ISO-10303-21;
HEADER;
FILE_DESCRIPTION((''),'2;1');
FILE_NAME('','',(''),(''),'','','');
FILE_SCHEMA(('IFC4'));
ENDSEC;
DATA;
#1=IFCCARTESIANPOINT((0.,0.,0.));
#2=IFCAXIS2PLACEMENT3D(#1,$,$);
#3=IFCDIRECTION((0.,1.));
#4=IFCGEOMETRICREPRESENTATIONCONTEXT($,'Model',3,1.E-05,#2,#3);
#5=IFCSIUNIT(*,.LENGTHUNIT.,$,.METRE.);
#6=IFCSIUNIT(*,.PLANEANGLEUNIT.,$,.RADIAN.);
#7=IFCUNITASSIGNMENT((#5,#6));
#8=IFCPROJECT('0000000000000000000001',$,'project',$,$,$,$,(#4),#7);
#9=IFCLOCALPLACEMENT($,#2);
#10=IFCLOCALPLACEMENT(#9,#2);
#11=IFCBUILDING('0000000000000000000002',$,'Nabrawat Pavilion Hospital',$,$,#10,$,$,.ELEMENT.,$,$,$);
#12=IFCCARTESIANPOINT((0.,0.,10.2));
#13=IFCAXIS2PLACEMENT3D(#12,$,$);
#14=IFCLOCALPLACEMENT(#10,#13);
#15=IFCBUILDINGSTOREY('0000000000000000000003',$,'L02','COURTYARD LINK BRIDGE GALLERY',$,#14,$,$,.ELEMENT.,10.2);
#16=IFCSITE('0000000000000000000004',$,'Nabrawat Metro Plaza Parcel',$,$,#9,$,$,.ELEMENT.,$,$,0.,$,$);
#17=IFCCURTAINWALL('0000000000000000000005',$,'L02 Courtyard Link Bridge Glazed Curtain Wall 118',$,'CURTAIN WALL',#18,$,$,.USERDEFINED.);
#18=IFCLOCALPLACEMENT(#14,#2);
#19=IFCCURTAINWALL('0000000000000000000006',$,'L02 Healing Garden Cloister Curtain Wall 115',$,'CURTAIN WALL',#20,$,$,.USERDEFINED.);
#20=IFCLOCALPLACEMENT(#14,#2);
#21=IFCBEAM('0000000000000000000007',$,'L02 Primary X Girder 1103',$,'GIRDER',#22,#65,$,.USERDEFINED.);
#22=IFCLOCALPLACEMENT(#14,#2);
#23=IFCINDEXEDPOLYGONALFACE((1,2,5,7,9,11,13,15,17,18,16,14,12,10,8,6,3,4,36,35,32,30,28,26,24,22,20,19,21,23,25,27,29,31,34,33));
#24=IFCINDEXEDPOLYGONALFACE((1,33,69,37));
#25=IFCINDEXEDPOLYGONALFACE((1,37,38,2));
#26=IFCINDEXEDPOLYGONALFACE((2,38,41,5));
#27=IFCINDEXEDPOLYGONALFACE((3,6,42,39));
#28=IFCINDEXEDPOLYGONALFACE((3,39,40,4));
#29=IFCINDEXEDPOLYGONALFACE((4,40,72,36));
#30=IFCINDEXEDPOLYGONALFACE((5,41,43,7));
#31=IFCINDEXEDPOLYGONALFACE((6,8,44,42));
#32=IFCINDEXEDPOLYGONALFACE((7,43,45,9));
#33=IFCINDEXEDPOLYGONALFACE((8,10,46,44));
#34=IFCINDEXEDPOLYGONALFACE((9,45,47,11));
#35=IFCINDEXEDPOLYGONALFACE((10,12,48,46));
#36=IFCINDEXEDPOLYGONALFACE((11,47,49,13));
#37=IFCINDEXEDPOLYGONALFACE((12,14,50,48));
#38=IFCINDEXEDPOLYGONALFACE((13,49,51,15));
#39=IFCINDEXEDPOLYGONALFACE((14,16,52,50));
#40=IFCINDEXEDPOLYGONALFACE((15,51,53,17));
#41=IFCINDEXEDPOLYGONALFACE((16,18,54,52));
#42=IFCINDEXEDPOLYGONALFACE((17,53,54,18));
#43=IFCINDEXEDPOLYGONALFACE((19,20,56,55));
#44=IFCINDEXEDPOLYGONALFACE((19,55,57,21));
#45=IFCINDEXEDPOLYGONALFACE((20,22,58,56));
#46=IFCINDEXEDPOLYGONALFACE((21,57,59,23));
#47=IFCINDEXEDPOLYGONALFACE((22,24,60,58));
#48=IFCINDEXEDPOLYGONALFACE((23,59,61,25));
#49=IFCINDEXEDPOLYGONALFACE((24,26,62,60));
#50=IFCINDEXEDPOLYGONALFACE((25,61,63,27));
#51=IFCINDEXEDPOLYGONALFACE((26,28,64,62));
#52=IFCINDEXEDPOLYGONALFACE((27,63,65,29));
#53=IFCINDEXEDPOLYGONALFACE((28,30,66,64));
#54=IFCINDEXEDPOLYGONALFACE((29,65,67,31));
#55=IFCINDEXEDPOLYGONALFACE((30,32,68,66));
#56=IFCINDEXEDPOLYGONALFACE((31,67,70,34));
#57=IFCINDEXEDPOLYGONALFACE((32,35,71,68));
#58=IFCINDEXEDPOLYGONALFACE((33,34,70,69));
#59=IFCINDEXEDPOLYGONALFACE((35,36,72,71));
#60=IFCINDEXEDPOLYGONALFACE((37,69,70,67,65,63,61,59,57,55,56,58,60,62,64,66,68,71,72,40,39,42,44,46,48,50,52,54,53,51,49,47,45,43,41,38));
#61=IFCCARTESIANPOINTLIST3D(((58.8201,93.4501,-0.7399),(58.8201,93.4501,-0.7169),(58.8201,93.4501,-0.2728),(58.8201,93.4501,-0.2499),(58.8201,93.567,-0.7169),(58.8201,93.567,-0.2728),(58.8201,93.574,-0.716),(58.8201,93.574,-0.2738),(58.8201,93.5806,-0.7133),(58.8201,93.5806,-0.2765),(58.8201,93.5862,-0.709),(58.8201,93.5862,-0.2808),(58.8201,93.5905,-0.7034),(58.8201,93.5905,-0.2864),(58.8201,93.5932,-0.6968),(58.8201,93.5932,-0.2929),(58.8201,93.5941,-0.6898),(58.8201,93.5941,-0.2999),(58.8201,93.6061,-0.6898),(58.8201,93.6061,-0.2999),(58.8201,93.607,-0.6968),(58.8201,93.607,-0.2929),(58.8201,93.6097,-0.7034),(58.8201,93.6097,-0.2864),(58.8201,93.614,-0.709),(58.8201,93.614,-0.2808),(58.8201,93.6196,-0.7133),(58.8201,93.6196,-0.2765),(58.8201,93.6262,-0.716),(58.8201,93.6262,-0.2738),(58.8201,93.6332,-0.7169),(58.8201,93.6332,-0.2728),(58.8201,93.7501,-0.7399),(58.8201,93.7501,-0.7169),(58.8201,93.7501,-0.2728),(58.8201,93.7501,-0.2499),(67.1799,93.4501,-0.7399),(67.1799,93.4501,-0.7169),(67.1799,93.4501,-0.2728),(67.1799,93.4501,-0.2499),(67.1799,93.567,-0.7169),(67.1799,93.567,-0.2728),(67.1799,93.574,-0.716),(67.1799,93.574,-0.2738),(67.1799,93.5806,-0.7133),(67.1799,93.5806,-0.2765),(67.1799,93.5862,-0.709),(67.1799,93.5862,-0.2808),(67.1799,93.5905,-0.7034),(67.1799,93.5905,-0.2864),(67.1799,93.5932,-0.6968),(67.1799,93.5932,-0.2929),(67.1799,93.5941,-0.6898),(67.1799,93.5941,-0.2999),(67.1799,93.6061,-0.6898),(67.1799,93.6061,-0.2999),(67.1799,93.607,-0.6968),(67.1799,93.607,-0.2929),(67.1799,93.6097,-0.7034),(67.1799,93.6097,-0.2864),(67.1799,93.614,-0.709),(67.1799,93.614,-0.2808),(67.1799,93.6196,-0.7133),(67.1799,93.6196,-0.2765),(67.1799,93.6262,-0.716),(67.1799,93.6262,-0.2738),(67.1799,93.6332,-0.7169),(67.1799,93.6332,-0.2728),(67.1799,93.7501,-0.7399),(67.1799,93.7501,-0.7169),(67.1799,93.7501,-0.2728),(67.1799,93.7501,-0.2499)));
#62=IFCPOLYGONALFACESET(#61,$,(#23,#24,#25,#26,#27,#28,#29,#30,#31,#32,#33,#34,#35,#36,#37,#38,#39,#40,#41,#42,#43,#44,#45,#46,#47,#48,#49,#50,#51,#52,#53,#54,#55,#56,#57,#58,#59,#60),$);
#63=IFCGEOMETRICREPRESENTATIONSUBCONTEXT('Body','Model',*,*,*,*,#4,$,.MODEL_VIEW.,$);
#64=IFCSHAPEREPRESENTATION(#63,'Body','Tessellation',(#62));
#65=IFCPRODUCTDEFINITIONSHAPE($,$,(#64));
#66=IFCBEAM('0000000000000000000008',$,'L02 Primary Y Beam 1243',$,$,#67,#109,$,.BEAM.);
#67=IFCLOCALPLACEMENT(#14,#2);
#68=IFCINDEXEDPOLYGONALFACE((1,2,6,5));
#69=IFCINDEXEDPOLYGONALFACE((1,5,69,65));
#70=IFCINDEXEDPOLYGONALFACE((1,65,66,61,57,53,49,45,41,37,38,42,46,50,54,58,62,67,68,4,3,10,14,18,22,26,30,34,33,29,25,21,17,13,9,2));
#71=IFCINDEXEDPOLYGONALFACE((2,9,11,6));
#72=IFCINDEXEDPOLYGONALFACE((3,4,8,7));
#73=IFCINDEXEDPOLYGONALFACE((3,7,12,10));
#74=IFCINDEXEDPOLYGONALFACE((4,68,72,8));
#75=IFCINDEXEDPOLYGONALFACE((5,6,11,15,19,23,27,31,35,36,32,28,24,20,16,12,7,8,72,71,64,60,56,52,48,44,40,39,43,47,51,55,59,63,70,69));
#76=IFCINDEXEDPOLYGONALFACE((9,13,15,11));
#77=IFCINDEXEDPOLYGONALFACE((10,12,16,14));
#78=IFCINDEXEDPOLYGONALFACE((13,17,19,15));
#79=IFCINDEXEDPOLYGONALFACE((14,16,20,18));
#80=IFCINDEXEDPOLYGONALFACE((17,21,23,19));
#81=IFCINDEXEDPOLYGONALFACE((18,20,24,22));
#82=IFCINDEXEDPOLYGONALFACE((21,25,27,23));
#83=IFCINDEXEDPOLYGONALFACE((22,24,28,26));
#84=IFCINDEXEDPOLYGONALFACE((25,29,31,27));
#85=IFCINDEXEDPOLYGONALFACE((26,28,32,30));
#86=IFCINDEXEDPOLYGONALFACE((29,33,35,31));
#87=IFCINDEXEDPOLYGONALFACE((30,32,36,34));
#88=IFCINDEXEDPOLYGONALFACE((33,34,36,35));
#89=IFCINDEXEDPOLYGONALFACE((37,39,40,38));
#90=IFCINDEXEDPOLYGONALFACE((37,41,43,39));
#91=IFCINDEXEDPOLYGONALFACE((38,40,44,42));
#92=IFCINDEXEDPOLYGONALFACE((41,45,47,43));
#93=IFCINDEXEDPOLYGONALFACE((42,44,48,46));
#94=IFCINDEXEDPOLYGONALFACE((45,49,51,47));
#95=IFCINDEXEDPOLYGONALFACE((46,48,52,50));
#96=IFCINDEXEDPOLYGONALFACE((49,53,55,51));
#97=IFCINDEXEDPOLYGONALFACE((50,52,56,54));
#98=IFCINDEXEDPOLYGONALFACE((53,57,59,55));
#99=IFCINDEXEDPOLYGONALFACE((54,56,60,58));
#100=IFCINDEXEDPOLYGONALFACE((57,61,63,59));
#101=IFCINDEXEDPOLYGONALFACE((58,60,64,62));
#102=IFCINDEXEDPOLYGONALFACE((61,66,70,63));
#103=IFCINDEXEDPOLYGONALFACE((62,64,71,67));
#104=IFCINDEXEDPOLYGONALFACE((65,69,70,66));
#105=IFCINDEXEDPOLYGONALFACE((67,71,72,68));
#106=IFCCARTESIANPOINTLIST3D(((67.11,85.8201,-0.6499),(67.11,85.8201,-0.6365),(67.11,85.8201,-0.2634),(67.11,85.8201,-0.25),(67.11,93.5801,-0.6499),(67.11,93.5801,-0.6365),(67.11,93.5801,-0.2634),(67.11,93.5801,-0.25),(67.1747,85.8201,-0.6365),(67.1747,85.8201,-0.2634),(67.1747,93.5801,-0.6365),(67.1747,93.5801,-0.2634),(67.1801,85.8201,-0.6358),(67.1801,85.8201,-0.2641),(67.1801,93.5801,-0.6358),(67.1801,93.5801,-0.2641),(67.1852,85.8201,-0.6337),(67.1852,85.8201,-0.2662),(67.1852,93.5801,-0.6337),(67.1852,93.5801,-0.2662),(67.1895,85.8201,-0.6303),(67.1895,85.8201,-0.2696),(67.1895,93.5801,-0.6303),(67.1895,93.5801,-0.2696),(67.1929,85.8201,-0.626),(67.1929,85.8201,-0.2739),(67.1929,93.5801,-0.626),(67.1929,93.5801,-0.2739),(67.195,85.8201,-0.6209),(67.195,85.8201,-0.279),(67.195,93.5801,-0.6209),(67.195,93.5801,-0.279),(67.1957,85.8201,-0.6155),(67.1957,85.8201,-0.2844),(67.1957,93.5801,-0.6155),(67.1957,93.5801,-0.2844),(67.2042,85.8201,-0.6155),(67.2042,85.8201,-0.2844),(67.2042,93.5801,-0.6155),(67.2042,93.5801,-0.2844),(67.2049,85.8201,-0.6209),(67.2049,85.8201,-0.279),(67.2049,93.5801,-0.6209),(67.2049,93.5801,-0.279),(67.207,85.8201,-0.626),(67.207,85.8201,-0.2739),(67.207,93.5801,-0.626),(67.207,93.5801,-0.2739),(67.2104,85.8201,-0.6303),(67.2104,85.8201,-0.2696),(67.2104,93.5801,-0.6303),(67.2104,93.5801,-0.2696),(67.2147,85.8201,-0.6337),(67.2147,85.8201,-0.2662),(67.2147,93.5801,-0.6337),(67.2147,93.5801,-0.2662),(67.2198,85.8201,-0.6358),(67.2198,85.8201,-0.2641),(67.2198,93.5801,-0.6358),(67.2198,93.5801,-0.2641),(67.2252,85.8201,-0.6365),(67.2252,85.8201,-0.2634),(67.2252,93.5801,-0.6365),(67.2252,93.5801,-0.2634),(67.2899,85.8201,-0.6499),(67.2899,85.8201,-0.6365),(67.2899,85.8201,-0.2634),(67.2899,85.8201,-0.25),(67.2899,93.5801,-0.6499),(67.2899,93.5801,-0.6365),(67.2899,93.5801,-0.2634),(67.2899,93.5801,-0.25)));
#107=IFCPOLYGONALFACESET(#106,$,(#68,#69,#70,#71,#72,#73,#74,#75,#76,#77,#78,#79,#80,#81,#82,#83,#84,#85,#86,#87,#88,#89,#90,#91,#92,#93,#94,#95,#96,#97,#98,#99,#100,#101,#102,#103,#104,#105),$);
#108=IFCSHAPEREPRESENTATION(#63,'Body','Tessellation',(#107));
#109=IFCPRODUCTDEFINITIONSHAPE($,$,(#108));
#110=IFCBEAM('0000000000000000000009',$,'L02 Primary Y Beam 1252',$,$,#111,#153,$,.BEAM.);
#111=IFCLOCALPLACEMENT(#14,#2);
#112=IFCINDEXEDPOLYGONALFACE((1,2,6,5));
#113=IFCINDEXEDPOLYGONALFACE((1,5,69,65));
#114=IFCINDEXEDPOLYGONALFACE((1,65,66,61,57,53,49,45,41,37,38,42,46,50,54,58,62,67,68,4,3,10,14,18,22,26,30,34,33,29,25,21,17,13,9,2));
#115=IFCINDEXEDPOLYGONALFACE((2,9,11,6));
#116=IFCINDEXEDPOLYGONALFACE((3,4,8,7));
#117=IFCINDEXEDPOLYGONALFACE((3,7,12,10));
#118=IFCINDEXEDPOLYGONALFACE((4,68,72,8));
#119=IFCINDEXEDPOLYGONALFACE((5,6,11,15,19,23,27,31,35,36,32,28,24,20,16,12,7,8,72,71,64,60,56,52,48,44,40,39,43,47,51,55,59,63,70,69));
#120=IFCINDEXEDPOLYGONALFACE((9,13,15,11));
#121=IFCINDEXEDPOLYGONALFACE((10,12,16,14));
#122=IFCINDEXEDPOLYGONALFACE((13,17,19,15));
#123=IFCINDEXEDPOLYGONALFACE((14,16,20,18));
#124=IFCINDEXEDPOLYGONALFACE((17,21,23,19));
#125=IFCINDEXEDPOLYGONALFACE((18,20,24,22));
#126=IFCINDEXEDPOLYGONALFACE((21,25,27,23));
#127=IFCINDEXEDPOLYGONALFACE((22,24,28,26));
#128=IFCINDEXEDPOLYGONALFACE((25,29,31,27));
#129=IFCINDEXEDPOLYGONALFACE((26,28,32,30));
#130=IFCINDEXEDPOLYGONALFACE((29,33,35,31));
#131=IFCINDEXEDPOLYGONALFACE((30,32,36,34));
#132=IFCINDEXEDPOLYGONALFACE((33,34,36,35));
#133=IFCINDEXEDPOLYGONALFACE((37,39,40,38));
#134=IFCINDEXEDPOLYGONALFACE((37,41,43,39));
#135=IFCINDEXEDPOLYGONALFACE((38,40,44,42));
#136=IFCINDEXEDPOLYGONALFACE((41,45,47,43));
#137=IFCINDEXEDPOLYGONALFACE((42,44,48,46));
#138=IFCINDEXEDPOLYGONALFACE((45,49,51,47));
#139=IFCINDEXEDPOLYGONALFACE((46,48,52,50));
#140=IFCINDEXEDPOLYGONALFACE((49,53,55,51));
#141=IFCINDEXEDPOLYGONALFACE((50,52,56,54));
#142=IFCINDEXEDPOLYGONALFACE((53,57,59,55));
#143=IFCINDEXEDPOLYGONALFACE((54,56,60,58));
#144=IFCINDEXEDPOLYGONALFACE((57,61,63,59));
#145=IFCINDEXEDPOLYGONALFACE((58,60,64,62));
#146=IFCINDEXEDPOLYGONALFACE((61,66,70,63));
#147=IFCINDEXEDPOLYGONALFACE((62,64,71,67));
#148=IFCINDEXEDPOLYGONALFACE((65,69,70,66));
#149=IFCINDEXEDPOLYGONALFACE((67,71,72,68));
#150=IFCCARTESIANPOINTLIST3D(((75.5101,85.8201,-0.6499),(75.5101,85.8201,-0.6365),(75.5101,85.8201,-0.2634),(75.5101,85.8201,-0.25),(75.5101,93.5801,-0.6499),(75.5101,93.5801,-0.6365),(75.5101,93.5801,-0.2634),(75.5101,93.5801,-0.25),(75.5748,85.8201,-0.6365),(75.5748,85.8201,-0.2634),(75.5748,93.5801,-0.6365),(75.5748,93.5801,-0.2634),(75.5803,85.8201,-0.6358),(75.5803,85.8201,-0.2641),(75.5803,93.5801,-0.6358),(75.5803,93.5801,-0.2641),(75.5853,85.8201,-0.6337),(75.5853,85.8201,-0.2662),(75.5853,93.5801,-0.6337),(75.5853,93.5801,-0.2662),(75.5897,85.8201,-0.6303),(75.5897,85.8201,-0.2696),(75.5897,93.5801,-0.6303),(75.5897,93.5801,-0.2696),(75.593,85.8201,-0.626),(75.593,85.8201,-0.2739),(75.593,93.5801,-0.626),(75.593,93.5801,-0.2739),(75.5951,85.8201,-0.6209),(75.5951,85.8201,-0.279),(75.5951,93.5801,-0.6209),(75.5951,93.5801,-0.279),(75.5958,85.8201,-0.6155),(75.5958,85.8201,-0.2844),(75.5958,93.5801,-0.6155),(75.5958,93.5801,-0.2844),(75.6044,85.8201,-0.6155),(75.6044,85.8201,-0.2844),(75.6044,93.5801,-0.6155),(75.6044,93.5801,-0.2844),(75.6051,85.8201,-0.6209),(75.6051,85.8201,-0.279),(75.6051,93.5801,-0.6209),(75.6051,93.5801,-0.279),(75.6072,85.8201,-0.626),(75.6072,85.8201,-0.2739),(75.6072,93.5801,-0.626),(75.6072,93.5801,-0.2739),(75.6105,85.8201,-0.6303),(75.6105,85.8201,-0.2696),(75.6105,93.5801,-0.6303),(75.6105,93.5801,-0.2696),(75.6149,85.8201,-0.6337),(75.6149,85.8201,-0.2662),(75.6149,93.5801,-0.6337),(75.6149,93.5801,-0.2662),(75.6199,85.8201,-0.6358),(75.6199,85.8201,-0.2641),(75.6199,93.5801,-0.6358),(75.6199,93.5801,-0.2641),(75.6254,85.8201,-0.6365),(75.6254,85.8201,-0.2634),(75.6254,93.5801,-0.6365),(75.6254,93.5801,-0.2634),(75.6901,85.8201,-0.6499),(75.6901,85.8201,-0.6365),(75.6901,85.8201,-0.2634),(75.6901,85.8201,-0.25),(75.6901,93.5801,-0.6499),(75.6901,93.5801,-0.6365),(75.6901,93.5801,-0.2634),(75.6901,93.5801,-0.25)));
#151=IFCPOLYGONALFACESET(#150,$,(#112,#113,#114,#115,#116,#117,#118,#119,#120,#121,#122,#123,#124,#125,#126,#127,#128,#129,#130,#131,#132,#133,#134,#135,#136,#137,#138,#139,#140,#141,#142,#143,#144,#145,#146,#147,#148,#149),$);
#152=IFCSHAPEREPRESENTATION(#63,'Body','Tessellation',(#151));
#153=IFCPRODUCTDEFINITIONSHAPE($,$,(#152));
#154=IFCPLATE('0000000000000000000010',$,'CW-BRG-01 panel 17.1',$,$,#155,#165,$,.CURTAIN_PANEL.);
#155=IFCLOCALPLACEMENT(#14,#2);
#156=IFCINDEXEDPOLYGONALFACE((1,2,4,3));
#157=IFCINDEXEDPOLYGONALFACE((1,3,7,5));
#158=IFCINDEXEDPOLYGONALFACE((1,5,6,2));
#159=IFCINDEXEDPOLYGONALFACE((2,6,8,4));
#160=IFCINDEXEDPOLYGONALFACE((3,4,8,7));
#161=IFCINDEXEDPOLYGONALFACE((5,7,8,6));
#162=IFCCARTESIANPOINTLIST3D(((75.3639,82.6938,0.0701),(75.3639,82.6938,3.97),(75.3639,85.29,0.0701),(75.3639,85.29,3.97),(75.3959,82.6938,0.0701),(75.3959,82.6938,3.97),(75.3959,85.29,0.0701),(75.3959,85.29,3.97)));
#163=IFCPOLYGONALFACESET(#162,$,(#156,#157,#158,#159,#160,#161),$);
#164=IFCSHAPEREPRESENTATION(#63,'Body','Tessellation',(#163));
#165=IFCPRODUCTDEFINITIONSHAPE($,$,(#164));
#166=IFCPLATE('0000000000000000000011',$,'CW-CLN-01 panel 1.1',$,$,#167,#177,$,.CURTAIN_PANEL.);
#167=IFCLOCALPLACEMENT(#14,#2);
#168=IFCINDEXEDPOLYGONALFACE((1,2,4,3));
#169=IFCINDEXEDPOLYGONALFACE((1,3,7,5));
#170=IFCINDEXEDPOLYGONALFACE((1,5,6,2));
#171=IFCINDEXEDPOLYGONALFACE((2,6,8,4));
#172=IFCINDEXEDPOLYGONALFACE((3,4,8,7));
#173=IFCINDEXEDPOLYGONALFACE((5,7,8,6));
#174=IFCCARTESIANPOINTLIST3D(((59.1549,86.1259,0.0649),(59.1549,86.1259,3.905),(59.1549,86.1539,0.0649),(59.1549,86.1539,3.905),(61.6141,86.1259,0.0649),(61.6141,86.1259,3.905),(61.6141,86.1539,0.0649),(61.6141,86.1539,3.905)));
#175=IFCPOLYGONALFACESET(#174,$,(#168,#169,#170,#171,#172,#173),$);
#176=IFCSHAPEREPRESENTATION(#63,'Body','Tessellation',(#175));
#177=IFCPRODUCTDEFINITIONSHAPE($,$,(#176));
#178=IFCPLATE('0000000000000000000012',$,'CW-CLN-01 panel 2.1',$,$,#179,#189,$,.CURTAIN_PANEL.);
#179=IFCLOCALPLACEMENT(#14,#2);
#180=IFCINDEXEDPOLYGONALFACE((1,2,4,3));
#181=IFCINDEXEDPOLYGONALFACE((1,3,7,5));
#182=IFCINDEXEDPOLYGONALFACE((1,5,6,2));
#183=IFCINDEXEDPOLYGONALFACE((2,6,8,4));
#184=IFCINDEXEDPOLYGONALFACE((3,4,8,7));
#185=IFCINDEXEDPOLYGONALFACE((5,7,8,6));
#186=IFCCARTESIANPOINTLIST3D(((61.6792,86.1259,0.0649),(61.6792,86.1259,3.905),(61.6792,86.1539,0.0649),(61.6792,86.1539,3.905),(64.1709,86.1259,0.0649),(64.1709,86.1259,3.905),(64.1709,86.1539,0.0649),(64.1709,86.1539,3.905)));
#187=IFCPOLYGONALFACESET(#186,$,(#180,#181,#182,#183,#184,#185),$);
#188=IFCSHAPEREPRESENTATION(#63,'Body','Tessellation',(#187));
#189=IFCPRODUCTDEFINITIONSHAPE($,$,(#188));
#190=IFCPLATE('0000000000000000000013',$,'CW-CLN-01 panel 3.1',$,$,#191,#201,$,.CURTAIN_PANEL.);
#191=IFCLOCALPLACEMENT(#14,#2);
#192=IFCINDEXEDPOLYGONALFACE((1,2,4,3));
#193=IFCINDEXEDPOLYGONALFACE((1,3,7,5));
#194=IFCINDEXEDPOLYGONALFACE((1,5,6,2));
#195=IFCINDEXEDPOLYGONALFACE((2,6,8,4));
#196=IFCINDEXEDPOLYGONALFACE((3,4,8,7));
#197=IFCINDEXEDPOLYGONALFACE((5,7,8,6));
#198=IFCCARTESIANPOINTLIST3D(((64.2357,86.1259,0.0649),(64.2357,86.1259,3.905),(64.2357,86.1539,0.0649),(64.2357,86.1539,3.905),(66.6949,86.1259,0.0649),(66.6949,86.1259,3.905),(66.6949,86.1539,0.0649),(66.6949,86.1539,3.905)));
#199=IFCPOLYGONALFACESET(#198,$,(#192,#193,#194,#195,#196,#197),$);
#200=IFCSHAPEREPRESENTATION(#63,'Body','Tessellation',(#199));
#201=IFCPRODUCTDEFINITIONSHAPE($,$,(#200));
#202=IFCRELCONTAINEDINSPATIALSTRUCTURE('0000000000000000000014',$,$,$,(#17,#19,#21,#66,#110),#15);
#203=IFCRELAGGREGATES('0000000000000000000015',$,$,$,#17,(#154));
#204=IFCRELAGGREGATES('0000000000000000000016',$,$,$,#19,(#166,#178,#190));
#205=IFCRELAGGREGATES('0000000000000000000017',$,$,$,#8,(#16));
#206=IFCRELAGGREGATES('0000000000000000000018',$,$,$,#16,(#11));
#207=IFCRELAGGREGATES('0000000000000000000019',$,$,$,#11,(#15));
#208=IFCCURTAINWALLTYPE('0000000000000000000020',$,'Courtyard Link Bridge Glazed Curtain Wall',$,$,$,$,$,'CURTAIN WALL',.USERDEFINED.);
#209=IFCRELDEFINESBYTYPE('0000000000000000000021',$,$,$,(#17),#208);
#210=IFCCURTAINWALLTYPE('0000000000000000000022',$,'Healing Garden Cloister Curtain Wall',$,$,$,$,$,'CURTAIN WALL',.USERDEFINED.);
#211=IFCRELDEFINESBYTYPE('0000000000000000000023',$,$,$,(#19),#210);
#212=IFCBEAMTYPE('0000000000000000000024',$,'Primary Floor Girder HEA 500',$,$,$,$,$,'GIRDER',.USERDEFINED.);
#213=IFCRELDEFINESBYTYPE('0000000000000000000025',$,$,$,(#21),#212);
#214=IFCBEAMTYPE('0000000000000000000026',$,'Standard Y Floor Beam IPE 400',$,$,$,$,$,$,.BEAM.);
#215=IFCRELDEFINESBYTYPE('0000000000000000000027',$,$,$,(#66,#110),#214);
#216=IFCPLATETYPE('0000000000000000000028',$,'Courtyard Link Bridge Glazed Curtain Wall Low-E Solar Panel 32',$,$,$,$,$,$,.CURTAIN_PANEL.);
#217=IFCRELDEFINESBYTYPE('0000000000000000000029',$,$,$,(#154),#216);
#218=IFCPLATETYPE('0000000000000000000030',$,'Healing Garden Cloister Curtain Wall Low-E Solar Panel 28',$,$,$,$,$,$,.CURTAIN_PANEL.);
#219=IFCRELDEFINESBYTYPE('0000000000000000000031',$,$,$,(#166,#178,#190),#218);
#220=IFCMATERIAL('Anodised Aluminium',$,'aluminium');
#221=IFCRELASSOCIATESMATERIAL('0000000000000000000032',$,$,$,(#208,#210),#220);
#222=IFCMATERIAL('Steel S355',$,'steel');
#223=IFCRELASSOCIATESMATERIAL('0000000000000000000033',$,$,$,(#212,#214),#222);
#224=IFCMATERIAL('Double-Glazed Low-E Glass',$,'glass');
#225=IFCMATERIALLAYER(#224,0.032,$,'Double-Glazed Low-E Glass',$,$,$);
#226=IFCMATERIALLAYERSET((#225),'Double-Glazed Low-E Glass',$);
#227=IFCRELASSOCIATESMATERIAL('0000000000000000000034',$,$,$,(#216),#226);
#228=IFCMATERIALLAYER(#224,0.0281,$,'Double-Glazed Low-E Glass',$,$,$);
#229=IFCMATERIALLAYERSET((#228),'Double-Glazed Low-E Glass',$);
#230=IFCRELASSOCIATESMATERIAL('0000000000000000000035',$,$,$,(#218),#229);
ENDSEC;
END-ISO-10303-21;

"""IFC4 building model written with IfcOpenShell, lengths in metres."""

from ifc_helpers import new_model, si_unit, direction, frame, origin, origin_2d, place, context, subcontext, project, spatial, rectangle, i_section, extrude, material, layer, layer_set, material_profile, profile_set, type_object, element, aggregate, save


model = new_model("IFC4")

# Units and contexts
model_context = context("Model", 3, precision=1e-05, world=origin(), true_north=direction((0.0, 1.0)))
body_context = subcontext(model_context, "Body", "Model", "MODEL_VIEW")
ifc_project = project(units=[si_unit("LENGTHUNIT", "METRE"), si_unit("PLANEANGLEUNIT", "RADIAN")], contexts=[model_context])

# Site, building, storey
site_placement = place(None, origin())
site = spatial("IfcSite", under=ifc_project, at=site_placement, Name="Nabrawat Metro Plaza Parcel", CompositionType="ELEMENT", RefElevation=0.0)
building_placement = place(site_placement, origin())
building = spatial("IfcBuilding", under=site, at=building_placement, Name="Nabrawat Pavilion Hospital", CompositionType="ELEMENT")
storey_placement = place(building_placement, frame((0.0, 0.0, 10.2)))
storey = spatial("IfcBuildingStorey", under=building, at=storey_placement, Name="L02", Description="COURTYARD LINK BRIDGE GALLERY", CompositionType="ELEMENT", Elevation=10.2)

# Shared definitions
ifc_material_1 = material(Name="Steel S355", Category="steel")

# Curtain wall
ifc_material_2 = material(Name="Anodised Aluminium", Category="aluminium")
curtain_wall_type_1 = type_object("IfcCurtainWallType", Name="Courtyard Link Bridge Glazed Curtain Wall", ElementType="CURTAIN WALL", PredefinedType="USERDEFINED", material=ifc_material_2)
curtain_wall_1_placement = place(storey_placement, origin())
curtain_wall_1 = element("IfcCurtainWall", 1, at=curtain_wall_1_placement, inside=storey, type_object=curtain_wall_type_1, Name="L02 Courtyard Link Bridge Glazed Curtain Wall 118", ObjectType="CURTAIN WALL", PredefinedType="USERDEFINED")

# Curtain wall
curtain_wall_type_2 = type_object("IfcCurtainWallType", Name="Healing Garden Cloister Curtain Wall", ElementType="CURTAIN WALL", PredefinedType="USERDEFINED", material=ifc_material_2)
curtain_wall_2_placement = place(storey_placement, origin())
curtain_wall_2 = element("IfcCurtainWall", 2, at=curtain_wall_2_placement, inside=storey, type_object=curtain_wall_type_2, Name="L02 Healing Garden Cloister Curtain Wall 115", ObjectType="CURTAIN WALL", PredefinedType="USERDEFINED")

# Beams
ifc_material_profile_1 = material_profile(ifc_material_1, i_section(OverallWidth=0.3, OverallDepth=0.49, WebThickness=0.012, FlangeThickness=0.0229, FilletRadius=0.0271, at=origin_2d()), Name="HEA 500")
ifc_profile_set_1 = profile_set([ifc_material_profile_1], Name="Steel S355")
beam_type_1 = type_object("IfcBeamType", Name="Primary Floor Girder HEA 500", ElementType="GIRDER", PredefinedType="USERDEFINED", material=ifc_profile_set_1)
beam_1_placement = place(storey_placement, frame((58.8201, 93.6001, -0.4949), z_axis=(1.0, 0.0, 0.0), x_axis=(0.0, 1.0, 0.0)))
element("IfcBeam", 3, at=beam_1_placement, inside=storey, type_object=beam_type_1, Name="L02 Primary X Girder 1103", ObjectType="GIRDER", PredefinedType="USERDEFINED", context=body_context, shape_type="SweptSolid", body=[
    extrude(i_section(OverallWidth=0.3, OverallDepth=0.49, WebThickness=0.012, FlangeThickness=0.0229, FilletRadius=0.0271, at=origin_2d()), origin(), (0.0, 0.0, 1.0), 8.3599),
])
ifc_material_profile_2 = material_profile(ifc_material_1, i_section(OverallWidth=0.1799, OverallDepth=0.3999, WebThickness=0.0085, FlangeThickness=0.0134, FilletRadius=0.021, at=origin_2d()), Name="IPE 400")
ifc_profile_set_2 = profile_set([ifc_material_profile_2], Name="Steel S355")
beam_type_2 = type_object("IfcBeamType", Name="Standard Y Floor Beam IPE 400", PredefinedType="BEAM", material=ifc_profile_set_2)
for number, where, z_axis, x_axis, name in (
    (4, (67.2, 85.8201, -0.45), (0.0, 1.0, 0.0), (-1.0, 0.0, 0.0), "L02 Primary Y Beam 1243"),
    (5, (75.6001, 85.8201, -0.45), (0.0, 1.0, 0.0), (-1.0, 0.0, 0.0), "L02 Primary Y Beam 1252"),
):
    element("IfcBeam", number, at=place(storey_placement, frame(where, z_axis=z_axis, x_axis=x_axis)), inside=storey, type_object=beam_type_2, Name=name, PredefinedType="BEAM", context=body_context, shape_type="SweptSolid", body=[
        extrude(i_section(OverallWidth=0.1799, OverallDepth=0.3999, WebThickness=0.0085, FlangeThickness=0.0134, FilletRadius=0.021, at=origin_2d()), origin(), (0.0, 0.0, 1.0), 7.76),
    ])

# Plates
ifc_material_3 = material(Name="Double-Glazed Low-E Glass", Category="glass")
ifc_layer_1 = layer(ifc_material_3, 0.032, Name="Double-Glazed Low-E Glass")
ifc_layer_set_1 = layer_set([ifc_layer_1], Name="Double-Glazed Low-E Glass")
plate_type_1 = type_object("IfcPlateType", Name="Courtyard Link Bridge Glazed Curtain Wall Low-E Solar Panel 32", PredefinedType="CURTAIN_PANEL", material=ifc_layer_set_1)
plate_1_placement = place(storey_placement, frame((75.3799, 83.9919, 0.0701), z_axis=(0.0, 0.0, 1.0), x_axis=(0.0, 1.0, 0.0)))
plate_1 = element("IfcPlate", 6, at=plate_1_placement, type_object=plate_type_1, Name="CW-BRG-01 panel 17.1", PredefinedType="CURTAIN_PANEL", context=body_context, shape_type="SweptSolid", body=[
    extrude(rectangle(XDim=2.5962, YDim=0.032, at=origin_2d()), origin(), (0.0, 0.0, 1.0), 3.8999),
])
aggregate(curtain_wall_1, [plate_1])
ifc_layer_2 = layer(ifc_material_3, 0.0281, Name="Double-Glazed Low-E Glass")
ifc_layer_set_2 = layer_set([ifc_layer_2], Name="Double-Glazed Low-E Glass")
plate_type_2 = type_object("IfcPlateType", Name="Healing Garden Cloister Curtain Wall Low-E Solar Panel 28", PredefinedType="CURTAIN_PANEL", material=ifc_layer_set_2)
plate_2_placement = place(storey_placement, frame((60.3845, 86.1399, 0.0649), z_axis=(0.0, 0.0, 1.0), x_axis=(1.0, 0.0, 0.0)))
plate_2 = element("IfcPlate", 7, at=plate_2_placement, type_object=plate_type_2, Name="CW-CLN-01 panel 1.1", PredefinedType="CURTAIN_PANEL", context=body_context, shape_type="SweptSolid", body=[
    extrude(rectangle(XDim=2.4592, YDim=0.0281, at=origin_2d()), origin(), (0.0, 0.0, 1.0), 3.8401),
])
plate_3_placement = place(storey_placement, frame((62.925, 86.1399, 0.0649), z_axis=(0.0, 0.0, 1.0), x_axis=(1.0, 0.0, 0.0)))
plate_3 = element("IfcPlate", 8, at=plate_3_placement, type_object=plate_type_2, Name="CW-CLN-01 panel 2.1", PredefinedType="CURTAIN_PANEL", context=body_context, shape_type="SweptSolid", body=[
    extrude(rectangle(XDim=2.4917, YDim=0.0281, at=origin_2d()), origin(), (0.0, 0.0, 1.0), 3.8401),
])
plate_4_placement = place(storey_placement, frame((65.4653, 86.1399, 0.0649), z_axis=(0.0, 0.0, 1.0), x_axis=(1.0, 0.0, 0.0)))
plate_4 = element("IfcPlate", 9, at=plate_4_placement, type_object=plate_type_2, Name="CW-CLN-01 panel 3.1", PredefinedType="CURTAIN_PANEL", context=body_context, shape_type="SweptSolid", body=[
    extrude(rectangle(XDim=2.4592, YDim=0.0281, at=origin_2d()), origin(), (0.0, 0.0, 1.0), 3.8401),
])
aggregate(curtain_wall_2, [plate_2, plate_3, plate_4])

save(model, "model.ifc")
